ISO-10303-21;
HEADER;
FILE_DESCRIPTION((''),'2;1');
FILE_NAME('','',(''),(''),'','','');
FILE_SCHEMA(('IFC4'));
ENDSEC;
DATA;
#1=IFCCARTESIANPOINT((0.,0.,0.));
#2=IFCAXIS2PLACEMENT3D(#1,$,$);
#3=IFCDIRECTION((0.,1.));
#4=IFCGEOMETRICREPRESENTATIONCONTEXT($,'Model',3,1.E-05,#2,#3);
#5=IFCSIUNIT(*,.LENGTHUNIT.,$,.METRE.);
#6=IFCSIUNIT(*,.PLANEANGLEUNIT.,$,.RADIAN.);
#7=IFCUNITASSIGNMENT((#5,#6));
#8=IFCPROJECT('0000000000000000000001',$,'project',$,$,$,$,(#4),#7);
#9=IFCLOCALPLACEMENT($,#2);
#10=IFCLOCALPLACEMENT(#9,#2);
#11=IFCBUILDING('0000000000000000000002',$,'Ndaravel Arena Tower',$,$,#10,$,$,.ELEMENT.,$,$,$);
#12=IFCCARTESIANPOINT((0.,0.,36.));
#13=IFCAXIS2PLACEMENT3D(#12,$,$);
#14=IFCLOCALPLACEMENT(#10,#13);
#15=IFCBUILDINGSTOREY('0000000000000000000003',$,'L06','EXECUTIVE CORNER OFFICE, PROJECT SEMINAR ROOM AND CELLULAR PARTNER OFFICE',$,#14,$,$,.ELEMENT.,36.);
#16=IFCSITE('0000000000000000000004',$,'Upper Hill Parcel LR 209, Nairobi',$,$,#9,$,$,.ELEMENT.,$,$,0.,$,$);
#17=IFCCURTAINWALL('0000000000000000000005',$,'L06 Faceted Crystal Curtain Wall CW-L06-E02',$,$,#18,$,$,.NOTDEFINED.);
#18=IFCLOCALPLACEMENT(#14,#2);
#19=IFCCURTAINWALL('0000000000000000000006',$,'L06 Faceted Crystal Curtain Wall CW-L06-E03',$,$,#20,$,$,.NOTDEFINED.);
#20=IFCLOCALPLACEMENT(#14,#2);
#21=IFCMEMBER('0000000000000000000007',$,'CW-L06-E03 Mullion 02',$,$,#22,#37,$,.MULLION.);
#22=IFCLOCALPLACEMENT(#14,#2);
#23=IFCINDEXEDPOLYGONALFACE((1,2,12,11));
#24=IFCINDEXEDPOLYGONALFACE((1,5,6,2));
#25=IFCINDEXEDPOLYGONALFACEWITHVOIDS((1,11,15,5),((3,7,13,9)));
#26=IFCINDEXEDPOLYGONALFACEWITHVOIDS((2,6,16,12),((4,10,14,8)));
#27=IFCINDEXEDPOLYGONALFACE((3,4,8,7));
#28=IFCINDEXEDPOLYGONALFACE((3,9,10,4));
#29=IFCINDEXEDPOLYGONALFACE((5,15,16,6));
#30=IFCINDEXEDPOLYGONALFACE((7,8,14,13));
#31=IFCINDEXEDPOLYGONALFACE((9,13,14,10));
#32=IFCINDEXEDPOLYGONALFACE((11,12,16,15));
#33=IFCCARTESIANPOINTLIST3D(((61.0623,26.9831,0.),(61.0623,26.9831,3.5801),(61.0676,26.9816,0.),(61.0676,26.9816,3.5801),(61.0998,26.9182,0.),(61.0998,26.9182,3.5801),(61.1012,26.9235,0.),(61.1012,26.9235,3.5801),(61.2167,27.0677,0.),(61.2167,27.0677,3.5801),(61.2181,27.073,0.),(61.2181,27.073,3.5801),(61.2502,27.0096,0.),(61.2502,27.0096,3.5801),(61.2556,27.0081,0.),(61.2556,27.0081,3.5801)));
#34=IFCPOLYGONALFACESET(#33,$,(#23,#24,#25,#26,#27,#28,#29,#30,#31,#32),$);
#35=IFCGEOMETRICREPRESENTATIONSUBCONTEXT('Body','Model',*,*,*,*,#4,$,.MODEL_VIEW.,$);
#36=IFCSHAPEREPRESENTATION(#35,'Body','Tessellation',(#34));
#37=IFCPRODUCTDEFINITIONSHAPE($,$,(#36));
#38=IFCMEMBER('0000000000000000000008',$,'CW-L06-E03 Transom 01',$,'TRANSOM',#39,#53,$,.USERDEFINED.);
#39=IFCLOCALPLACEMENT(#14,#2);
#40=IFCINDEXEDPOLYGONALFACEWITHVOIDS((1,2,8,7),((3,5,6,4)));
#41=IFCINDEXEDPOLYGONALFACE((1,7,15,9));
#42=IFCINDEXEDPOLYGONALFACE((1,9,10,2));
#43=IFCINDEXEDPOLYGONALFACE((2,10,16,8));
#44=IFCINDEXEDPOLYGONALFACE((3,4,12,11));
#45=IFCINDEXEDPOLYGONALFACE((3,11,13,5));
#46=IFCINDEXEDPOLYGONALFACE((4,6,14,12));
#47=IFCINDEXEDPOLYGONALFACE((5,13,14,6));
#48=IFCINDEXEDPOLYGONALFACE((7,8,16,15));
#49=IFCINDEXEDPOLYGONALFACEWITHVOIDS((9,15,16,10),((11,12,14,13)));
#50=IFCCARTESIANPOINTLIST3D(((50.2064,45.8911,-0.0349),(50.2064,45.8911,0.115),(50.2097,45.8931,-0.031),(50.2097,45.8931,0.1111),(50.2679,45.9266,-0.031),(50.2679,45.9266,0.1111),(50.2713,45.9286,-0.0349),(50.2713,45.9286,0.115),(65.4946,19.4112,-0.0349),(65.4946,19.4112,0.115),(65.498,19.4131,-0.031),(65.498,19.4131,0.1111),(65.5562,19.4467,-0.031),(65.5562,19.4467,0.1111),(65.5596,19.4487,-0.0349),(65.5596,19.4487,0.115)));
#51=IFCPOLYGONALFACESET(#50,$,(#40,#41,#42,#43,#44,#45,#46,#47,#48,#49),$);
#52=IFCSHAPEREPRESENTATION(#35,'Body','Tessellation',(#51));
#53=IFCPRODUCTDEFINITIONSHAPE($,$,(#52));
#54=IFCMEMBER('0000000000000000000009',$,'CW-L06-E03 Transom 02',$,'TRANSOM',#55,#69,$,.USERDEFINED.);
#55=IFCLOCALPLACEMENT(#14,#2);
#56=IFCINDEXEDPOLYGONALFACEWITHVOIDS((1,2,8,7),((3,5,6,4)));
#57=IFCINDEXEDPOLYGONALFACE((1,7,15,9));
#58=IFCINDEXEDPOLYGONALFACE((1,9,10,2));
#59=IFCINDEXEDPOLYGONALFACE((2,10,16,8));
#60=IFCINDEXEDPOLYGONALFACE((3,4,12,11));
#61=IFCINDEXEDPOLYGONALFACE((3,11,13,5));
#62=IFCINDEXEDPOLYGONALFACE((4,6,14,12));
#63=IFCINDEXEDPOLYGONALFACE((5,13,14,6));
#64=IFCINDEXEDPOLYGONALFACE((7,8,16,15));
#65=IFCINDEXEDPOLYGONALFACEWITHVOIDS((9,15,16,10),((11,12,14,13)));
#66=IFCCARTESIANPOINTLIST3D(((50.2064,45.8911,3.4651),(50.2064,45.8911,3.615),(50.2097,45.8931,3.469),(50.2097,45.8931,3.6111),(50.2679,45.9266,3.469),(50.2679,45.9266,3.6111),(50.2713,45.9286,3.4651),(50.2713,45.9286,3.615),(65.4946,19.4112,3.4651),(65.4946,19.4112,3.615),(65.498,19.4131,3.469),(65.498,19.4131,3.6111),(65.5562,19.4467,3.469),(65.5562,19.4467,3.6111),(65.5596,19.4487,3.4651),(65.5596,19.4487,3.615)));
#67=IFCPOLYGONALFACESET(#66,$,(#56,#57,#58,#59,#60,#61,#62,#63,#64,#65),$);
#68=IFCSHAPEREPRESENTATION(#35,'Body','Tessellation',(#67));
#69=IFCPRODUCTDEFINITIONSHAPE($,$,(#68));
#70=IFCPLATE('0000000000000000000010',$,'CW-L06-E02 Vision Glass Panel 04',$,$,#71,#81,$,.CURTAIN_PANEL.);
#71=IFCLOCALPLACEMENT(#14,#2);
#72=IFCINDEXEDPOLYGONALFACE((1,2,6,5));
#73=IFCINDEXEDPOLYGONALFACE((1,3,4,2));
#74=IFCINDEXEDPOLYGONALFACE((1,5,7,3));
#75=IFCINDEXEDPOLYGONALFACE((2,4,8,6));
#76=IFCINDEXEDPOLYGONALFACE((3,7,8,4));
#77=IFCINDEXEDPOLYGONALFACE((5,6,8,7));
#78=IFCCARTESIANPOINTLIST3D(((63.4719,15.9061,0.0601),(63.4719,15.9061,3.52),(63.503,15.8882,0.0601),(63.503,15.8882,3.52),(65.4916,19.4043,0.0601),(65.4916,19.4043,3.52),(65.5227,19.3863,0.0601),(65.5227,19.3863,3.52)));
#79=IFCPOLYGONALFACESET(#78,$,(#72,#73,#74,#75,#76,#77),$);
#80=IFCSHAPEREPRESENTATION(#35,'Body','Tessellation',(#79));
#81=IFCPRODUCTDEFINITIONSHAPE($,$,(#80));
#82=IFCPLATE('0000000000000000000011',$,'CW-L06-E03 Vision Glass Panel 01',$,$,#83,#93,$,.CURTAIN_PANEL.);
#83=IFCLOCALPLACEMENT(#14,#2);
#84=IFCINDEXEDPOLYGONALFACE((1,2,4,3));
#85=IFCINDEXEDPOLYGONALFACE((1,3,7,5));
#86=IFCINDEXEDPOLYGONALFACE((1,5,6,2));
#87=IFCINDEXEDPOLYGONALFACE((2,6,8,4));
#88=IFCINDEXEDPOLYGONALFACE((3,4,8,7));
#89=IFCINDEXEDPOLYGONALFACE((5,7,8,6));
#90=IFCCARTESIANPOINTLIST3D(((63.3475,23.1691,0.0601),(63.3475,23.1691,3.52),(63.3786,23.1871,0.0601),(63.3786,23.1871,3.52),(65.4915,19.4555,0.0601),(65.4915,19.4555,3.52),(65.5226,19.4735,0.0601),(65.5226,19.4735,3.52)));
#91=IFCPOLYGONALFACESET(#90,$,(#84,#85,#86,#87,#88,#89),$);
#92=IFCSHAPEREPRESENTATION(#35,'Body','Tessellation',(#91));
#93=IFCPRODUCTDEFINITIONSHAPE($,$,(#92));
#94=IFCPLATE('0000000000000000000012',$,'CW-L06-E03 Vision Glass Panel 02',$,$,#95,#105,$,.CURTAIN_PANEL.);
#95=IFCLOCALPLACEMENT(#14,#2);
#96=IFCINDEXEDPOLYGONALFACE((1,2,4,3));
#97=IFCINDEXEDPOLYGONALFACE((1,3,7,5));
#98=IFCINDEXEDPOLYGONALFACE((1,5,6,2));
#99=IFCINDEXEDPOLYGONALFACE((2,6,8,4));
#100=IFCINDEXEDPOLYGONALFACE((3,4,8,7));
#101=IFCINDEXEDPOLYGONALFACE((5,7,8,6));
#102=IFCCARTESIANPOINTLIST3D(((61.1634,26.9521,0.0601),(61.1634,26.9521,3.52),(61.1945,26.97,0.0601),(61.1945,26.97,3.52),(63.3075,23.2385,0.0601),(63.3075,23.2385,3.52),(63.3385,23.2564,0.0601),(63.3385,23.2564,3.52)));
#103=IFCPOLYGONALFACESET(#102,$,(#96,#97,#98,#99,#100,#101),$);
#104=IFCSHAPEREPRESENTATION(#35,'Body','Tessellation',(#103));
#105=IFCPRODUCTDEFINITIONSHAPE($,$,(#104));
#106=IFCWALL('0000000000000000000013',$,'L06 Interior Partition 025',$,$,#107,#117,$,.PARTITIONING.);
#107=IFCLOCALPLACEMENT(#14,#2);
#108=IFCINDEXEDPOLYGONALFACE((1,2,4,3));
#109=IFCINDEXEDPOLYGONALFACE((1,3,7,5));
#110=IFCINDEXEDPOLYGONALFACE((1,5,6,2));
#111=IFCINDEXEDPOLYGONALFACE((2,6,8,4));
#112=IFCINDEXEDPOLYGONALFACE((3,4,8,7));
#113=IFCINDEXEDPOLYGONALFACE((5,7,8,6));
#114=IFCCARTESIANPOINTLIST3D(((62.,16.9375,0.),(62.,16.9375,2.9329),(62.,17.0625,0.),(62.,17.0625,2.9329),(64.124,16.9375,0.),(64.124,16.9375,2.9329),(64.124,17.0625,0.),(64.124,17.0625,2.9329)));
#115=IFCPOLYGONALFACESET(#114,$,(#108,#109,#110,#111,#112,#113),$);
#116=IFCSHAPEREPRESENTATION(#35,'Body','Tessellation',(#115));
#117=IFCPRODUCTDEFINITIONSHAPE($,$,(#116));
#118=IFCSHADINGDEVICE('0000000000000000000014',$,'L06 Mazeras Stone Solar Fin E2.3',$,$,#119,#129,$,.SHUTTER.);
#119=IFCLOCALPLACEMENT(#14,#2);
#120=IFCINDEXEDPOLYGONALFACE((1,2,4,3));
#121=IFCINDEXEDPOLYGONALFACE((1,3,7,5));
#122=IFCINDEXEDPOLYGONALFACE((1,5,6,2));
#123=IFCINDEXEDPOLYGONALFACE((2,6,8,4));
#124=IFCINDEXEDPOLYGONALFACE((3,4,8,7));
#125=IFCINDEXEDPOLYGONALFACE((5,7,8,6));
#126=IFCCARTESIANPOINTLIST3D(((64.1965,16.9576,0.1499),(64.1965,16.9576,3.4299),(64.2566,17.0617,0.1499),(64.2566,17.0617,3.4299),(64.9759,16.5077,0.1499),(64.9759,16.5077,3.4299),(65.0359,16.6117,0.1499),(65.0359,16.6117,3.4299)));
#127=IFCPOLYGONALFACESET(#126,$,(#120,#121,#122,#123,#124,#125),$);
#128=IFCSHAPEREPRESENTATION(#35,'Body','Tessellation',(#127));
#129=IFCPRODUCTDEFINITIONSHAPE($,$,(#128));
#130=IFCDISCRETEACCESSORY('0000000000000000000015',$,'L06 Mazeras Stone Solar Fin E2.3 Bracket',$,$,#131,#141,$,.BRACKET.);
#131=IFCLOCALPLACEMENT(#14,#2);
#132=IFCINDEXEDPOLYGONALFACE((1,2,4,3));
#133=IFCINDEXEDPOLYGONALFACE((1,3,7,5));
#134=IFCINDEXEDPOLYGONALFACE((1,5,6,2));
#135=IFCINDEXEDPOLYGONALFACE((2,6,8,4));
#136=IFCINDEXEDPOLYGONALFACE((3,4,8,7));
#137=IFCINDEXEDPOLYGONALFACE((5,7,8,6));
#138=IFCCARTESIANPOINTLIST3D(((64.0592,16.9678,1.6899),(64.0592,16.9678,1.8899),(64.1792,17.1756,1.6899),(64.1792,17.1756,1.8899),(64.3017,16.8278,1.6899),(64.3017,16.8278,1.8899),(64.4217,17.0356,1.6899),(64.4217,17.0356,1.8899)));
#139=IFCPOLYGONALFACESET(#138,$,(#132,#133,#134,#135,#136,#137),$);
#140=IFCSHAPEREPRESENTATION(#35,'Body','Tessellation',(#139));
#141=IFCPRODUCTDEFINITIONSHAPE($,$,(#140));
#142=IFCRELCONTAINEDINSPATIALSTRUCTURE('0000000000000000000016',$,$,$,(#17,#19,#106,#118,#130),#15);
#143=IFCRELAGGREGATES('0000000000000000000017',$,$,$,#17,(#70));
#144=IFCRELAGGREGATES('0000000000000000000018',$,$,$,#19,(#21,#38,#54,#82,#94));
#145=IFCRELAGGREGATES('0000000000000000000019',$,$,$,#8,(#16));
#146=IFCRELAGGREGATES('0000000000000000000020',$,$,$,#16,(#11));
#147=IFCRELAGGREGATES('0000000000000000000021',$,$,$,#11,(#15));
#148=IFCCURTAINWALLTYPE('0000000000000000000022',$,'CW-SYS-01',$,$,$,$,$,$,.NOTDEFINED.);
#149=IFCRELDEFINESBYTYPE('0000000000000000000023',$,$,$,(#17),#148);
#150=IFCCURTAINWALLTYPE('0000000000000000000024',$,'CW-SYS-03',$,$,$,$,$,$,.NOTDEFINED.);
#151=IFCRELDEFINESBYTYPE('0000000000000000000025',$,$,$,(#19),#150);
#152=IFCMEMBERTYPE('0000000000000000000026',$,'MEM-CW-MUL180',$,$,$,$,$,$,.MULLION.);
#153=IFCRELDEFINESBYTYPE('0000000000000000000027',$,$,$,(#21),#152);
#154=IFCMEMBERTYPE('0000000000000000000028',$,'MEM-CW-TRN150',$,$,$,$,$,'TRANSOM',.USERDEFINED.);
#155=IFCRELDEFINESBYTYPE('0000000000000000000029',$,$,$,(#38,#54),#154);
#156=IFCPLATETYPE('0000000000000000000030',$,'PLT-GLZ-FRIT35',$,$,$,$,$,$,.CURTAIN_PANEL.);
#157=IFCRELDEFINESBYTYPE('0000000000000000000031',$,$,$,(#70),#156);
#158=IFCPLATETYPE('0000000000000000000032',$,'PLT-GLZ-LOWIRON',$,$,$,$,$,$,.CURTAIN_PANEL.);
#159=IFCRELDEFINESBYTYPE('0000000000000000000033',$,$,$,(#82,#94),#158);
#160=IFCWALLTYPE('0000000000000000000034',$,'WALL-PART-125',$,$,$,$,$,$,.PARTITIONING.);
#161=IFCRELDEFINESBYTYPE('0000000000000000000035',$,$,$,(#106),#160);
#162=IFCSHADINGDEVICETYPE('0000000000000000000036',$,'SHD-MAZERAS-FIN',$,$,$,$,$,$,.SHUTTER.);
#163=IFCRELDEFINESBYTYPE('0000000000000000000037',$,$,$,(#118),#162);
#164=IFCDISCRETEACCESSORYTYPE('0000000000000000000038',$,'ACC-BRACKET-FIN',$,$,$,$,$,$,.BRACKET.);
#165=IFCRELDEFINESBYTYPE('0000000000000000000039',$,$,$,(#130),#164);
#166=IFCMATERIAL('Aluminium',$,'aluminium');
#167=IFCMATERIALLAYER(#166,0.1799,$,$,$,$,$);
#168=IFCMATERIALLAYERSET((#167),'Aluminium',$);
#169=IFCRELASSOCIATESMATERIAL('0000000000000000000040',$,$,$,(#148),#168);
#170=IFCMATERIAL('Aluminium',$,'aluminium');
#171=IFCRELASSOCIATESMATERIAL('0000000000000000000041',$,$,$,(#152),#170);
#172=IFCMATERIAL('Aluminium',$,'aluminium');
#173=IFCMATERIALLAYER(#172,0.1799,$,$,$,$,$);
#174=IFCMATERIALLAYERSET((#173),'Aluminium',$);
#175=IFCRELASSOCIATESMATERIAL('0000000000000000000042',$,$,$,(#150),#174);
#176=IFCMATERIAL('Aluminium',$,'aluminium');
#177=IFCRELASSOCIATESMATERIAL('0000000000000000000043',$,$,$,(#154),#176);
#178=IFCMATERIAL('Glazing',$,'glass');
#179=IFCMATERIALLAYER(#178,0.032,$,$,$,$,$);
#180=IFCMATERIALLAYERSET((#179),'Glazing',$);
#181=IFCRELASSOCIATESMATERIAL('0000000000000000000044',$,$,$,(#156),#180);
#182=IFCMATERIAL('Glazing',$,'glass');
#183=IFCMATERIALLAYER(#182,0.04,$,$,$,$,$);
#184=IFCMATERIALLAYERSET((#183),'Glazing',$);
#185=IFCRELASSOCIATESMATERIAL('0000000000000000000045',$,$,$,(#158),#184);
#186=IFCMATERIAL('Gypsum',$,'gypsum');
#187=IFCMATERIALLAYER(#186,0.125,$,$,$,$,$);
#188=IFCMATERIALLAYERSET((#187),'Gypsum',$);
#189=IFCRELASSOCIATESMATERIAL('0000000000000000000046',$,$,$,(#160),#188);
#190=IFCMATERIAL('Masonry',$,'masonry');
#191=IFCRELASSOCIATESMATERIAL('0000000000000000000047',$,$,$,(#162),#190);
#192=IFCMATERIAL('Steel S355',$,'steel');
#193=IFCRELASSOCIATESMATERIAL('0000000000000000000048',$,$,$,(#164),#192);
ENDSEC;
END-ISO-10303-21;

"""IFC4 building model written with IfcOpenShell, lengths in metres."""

from ifc_helpers import new_model, si_unit, direction, frame, frame_2d, origin, origin_2d, place, context, subcontext, project, spatial, rectangle, hollow_rectangle, extrude, material, layer, layer_set, material_profile, profile_set, type_object, element, aggregate, save


model = new_model("IFC4")

# Units and contexts
model_context = context("Model", 3, precision=1e-05, world=origin(), true_north=direction((0.0, 1.0)))
body_context = subcontext(model_context, "Body", "Model", "MODEL_VIEW")
ifc_project = project(units=[si_unit("LENGTHUNIT", "METRE"), si_unit("PLANEANGLEUNIT", "RADIAN")], contexts=[model_context])

# Site, building, storey
site_placement = place(None, origin())
site = spatial("IfcSite", under=ifc_project, at=site_placement, Name="Upper Hill Parcel LR 209, Nairobi", CompositionType="ELEMENT", RefElevation=0.0)
building_placement = place(site_placement, origin())
building = spatial("IfcBuilding", under=site, at=building_placement, Name="Ndaravel Arena Tower", CompositionType="ELEMENT")
storey_placement = place(building_placement, frame((0.0, 0.0, 36.0)))
storey = spatial("IfcBuildingStorey", under=building, at=storey_placement, Name="L06", Description="EXECUTIVE CORNER OFFICE, PROJECT SEMINAR ROOM AND CELLULAR PARTNER OFFICE", CompositionType="ELEMENT", Elevation=36.0)

# Curtain wall
ifc_material_1 = material(Name="Aluminium", Category="aluminium")
ifc_layer_1 = layer(ifc_material_1, 0.1799)
ifc_layer_set_1 = layer_set([ifc_layer_1], Name="Aluminium")
curtain_wall_type_1 = type_object("IfcCurtainWallType", Name="CW-SYS-01", PredefinedType="NOTDEFINED", material=ifc_layer_set_1)
curtain_wall_1_placement = place(storey_placement, origin())
curtain_wall_1 = element("IfcCurtainWall", 1, at=curtain_wall_1_placement, inside=storey, type_object=curtain_wall_type_1, Name="L06 Faceted Crystal Curtain Wall CW-L06-E02", PredefinedType="NOTDEFINED")
ifc_material_2 = material(Name="Aluminium", Category="aluminium")
ifc_material_profile_1 = material_profile(ifc_material_2, hollow_rectangle(XDim=0.075, YDim=0.1799, WallThickness=0.0039, at=origin_2d()), Name="CW MULLION 75x180x4")
ifc_profile_set_1 = profile_set([ifc_material_profile_1], Name="Aluminium")
member_type_1 = type_object("IfcMemberType", Name="MEM-CW-MUL180", PredefinedType="MULLION", material=ifc_profile_set_1)

# Curtain wall, members
ifc_material_3 = material(Name="Aluminium", Category="aluminium")
ifc_layer_2 = layer(ifc_material_3, 0.1799)
ifc_layer_set_2 = layer_set([ifc_layer_2], Name="Aluminium")
curtain_wall_type_2 = type_object("IfcCurtainWallType", Name="CW-SYS-03", PredefinedType="NOTDEFINED", material=ifc_layer_set_2)
curtain_wall_2_placement = place(storey_placement, origin())
curtain_wall_2 = element("IfcCurtainWall", 2, at=curtain_wall_2_placement, inside=storey, type_object=curtain_wall_type_2, Name="L06 Faceted Crystal Curtain Wall CW-L06-E03", PredefinedType="NOTDEFINED")
member_1_placement = place(storey_placement, frame((61.1589, 26.9956, 0.0), z_axis=(0.0, 0.0, 1.0), x_axis=(-0.5, 0.866025, 0.0)))
member_1 = element("IfcMember", 3, at=member_1_placement, type_object=member_type_1, Name="CW-L06-E03 Mullion 02", PredefinedType="MULLION", context=body_context, shape_type="SweptSolid", body=[
    extrude(hollow_rectangle(XDim=0.075, YDim=0.1799, WallThickness=0.0039, at=origin_2d()), origin(), (0.0, 0.0, 1.0), 3.5801),
])
ifc_material_4 = material(Name="Aluminium", Category="aluminium")
ifc_material_profile_2 = material_profile(ifc_material_4, hollow_rectangle(XDim=0.075, YDim=0.1499, WallThickness=0.0039, at=origin_2d()), Name="CW TRANSOM 75x150x4")
ifc_profile_set_2 = profile_set([ifc_material_profile_2], Name="Aluminium")
member_type_2 = type_object("IfcMemberType", Name="MEM-CW-TRN150", ElementType="TRANSOM", PredefinedType="USERDEFINED", material=ifc_profile_set_2)
member_2_placement = place(storey_placement, frame((65.5271, 19.4299, 0.04), z_axis=(-0.500003, 0.866024, 0.0), x_axis=(-0.866024, -0.500003, 0.0)))
member_2 = element("IfcMember", 4, at=member_2_placement, type_object=member_type_2, Name="CW-L06-E03 Transom 01", ObjectType="TRANSOM", PredefinedType="USERDEFINED", context=body_context, shape_type="SweptSolid", body=[
    extrude(hollow_rectangle(XDim=0.075, YDim=0.1499, WallThickness=0.0039, at=origin_2d()), origin(), (0.0, 0.0, 1.0), 30.5764),
])
member_3_placement = place(storey_placement, frame((65.5271, 19.4299, 3.54), z_axis=(-0.500003, 0.866024, 0.0), x_axis=(-0.866024, -0.500003, 0.0)))
member_3 = element("IfcMember", 5, at=member_3_placement, type_object=member_type_2, Name="CW-L06-E03 Transom 02", ObjectType="TRANSOM", PredefinedType="USERDEFINED", context=body_context, shape_type="SweptSolid", body=[
    extrude(hollow_rectangle(XDim=0.075, YDim=0.1499, WallThickness=0.0039, at=origin_2d()), origin(), (0.0, 0.0, 1.0), 30.5764),
])

# Plates
ifc_material_5 = material(Name="Glazing", Category="glass")
ifc_layer_3 = layer(ifc_material_5, 0.032)
ifc_layer_set_3 = layer_set([ifc_layer_3], Name="Glazing")
plate_type_1 = type_object("IfcPlateType", Name="PLT-GLZ-FRIT35", PredefinedType="CURTAIN_PANEL", material=ifc_layer_set_3)
plate_1_placement = place(storey_placement, frame((64.4973, 17.6462, 0.0601), z_axis=(0.0, 0.0, 1.0), x_axis=(0.5, 0.866025, 0.0)))
plate_1 = element("IfcPlate", 6, at=plate_1_placement, type_object=plate_type_1, Name="CW-L06-E02 Vision Glass Panel 04", PredefinedType="CURTAIN_PANEL", context=body_context, shape_type="SweptSolid", body=[
    extrude(rectangle(XDim=4.0393, YDim=0.0359, at=origin_2d()), origin(), (0.0, 0.0, 1.0), 3.46),
])
aggregate(curtain_wall_1, [plate_1])
ifc_material_6 = material(Name="Glazing", Category="glass")
ifc_layer_4 = layer(ifc_material_6, 0.04)
ifc_layer_set_4 = layer_set([ifc_layer_4], Name="Glazing")
plate_type_2 = type_object("IfcPlateType", Name="PLT-GLZ-LOWIRON", PredefinedType="CURTAIN_PANEL", material=ifc_layer_set_4)
plate_2_placement = place(storey_placement, frame((64.4351, 21.3213, 0.0601), z_axis=(0.0, 0.0, 1.0), x_axis=(-0.5, 0.866025, 0.0)))
plate_2 = element("IfcPlate", 7, at=plate_2_placement, type_object=plate_type_2, Name="CW-L06-E03 Vision Glass Panel 01", PredefinedType="CURTAIN_PANEL", context=body_context, shape_type="SweptSolid", body=[
    extrude(rectangle(XDim=4.2881, YDim=0.0359, at=origin_2d()), origin(), (0.0, 0.0, 1.0), 3.46),
])
plate_3_placement = place(storey_placement, frame((62.251, 25.1042, 0.0601), z_axis=(0.0, 0.0, 1.0), x_axis=(-0.5, 0.866025, 0.0)))
plate_3 = element("IfcPlate", 8, at=plate_3_placement, type_object=plate_type_2, Name="CW-L06-E03 Vision Glass Panel 02", PredefinedType="CURTAIN_PANEL", context=body_context, shape_type="SweptSolid", body=[
    extrude(rectangle(XDim=4.2881, YDim=0.0359, at=origin_2d()), origin(), (0.0, 0.0, 1.0), 3.46),
])
aggregate(curtain_wall_2, [member_1, member_2, member_3, plate_2, plate_3])

# Wall
ifc_material_7 = material(Name="Gypsum", Category="gypsum")
ifc_layer_5 = layer(ifc_material_7, 0.125)
ifc_layer_set_5 = layer_set([ifc_layer_5], Name="Gypsum")
wall_type = type_object("IfcWallType", Name="WALL-PART-125", PredefinedType="PARTITIONING", material=ifc_layer_set_5)
wall_placement = place(storey_placement, frame((62.0, 17.0, 0.0), z_axis=(0.0, 0.0, 1.0), x_axis=(1.0, 0.0, 0.0)))
element("IfcWall", 9, at=wall_placement, inside=storey, type_object=wall_type, Name="L06 Interior Partition 025", PredefinedType="PARTITIONING", context=body_context, shape_type="SweptSolid", body=[
    extrude(rectangle(XDim=2.124, YDim=0.125, at=frame_2d((1.062, 0.0))), origin(), (0.0, 0.0, 1.0), 2.9329),
])

# Shading device
ifc_material_8 = material(Name="Masonry", Category="masonry")
shading_device_type = type_object("IfcShadingDeviceType", Name="SHD-MAZERAS-FIN", PredefinedType="SHUTTER", material=ifc_material_8)
shading_device_placement = place(storey_placement, frame((64.6162, 16.7847, 0.1499), z_axis=(0.0, 0.0, 1.0), x_axis=(0.866025, -0.5, 0.0)))
element("IfcShadingDevice", 10, at=shading_device_placement, inside=storey, type_object=shading_device_type, Name="L06 Mazeras Stone Solar Fin E2.3", PredefinedType="SHUTTER", context=body_context, shape_type="SweptSolid", body=[
    extrude(rectangle(XDim=0.8999, YDim=0.1201, at=origin_2d()), origin(), (0.0, 0.0, 1.0), 3.28),
])

# Discrete accessory
ifc_material_9 = material(Name="Steel S355", Category="steel")
discrete_accessory_type = type_object("IfcDiscreteAccessoryType", Name="ACC-BRACKET-FIN", PredefinedType="BRACKET", material=ifc_material_9)
discrete_accessory_placement = place(storey_placement, frame((64.2405, 17.0017, 1.6899), z_axis=(0.0, 0.0, 1.0), x_axis=(0.866025, -0.5, 0.0)))
element("IfcDiscreteAccessory", 11, at=discrete_accessory_placement, inside=storey, type_object=discrete_accessory_type, Name="L06 Mazeras Stone Solar Fin E2.3 Bracket", PredefinedType="BRACKET", context=body_context, shape_type="SweptSolid", body=[
    extrude(rectangle(XDim=0.28, YDim=0.24, at=origin_2d()), origin(), (0.0, 0.0, 1.0), 0.2),
])

save(model, "model.ifc")
